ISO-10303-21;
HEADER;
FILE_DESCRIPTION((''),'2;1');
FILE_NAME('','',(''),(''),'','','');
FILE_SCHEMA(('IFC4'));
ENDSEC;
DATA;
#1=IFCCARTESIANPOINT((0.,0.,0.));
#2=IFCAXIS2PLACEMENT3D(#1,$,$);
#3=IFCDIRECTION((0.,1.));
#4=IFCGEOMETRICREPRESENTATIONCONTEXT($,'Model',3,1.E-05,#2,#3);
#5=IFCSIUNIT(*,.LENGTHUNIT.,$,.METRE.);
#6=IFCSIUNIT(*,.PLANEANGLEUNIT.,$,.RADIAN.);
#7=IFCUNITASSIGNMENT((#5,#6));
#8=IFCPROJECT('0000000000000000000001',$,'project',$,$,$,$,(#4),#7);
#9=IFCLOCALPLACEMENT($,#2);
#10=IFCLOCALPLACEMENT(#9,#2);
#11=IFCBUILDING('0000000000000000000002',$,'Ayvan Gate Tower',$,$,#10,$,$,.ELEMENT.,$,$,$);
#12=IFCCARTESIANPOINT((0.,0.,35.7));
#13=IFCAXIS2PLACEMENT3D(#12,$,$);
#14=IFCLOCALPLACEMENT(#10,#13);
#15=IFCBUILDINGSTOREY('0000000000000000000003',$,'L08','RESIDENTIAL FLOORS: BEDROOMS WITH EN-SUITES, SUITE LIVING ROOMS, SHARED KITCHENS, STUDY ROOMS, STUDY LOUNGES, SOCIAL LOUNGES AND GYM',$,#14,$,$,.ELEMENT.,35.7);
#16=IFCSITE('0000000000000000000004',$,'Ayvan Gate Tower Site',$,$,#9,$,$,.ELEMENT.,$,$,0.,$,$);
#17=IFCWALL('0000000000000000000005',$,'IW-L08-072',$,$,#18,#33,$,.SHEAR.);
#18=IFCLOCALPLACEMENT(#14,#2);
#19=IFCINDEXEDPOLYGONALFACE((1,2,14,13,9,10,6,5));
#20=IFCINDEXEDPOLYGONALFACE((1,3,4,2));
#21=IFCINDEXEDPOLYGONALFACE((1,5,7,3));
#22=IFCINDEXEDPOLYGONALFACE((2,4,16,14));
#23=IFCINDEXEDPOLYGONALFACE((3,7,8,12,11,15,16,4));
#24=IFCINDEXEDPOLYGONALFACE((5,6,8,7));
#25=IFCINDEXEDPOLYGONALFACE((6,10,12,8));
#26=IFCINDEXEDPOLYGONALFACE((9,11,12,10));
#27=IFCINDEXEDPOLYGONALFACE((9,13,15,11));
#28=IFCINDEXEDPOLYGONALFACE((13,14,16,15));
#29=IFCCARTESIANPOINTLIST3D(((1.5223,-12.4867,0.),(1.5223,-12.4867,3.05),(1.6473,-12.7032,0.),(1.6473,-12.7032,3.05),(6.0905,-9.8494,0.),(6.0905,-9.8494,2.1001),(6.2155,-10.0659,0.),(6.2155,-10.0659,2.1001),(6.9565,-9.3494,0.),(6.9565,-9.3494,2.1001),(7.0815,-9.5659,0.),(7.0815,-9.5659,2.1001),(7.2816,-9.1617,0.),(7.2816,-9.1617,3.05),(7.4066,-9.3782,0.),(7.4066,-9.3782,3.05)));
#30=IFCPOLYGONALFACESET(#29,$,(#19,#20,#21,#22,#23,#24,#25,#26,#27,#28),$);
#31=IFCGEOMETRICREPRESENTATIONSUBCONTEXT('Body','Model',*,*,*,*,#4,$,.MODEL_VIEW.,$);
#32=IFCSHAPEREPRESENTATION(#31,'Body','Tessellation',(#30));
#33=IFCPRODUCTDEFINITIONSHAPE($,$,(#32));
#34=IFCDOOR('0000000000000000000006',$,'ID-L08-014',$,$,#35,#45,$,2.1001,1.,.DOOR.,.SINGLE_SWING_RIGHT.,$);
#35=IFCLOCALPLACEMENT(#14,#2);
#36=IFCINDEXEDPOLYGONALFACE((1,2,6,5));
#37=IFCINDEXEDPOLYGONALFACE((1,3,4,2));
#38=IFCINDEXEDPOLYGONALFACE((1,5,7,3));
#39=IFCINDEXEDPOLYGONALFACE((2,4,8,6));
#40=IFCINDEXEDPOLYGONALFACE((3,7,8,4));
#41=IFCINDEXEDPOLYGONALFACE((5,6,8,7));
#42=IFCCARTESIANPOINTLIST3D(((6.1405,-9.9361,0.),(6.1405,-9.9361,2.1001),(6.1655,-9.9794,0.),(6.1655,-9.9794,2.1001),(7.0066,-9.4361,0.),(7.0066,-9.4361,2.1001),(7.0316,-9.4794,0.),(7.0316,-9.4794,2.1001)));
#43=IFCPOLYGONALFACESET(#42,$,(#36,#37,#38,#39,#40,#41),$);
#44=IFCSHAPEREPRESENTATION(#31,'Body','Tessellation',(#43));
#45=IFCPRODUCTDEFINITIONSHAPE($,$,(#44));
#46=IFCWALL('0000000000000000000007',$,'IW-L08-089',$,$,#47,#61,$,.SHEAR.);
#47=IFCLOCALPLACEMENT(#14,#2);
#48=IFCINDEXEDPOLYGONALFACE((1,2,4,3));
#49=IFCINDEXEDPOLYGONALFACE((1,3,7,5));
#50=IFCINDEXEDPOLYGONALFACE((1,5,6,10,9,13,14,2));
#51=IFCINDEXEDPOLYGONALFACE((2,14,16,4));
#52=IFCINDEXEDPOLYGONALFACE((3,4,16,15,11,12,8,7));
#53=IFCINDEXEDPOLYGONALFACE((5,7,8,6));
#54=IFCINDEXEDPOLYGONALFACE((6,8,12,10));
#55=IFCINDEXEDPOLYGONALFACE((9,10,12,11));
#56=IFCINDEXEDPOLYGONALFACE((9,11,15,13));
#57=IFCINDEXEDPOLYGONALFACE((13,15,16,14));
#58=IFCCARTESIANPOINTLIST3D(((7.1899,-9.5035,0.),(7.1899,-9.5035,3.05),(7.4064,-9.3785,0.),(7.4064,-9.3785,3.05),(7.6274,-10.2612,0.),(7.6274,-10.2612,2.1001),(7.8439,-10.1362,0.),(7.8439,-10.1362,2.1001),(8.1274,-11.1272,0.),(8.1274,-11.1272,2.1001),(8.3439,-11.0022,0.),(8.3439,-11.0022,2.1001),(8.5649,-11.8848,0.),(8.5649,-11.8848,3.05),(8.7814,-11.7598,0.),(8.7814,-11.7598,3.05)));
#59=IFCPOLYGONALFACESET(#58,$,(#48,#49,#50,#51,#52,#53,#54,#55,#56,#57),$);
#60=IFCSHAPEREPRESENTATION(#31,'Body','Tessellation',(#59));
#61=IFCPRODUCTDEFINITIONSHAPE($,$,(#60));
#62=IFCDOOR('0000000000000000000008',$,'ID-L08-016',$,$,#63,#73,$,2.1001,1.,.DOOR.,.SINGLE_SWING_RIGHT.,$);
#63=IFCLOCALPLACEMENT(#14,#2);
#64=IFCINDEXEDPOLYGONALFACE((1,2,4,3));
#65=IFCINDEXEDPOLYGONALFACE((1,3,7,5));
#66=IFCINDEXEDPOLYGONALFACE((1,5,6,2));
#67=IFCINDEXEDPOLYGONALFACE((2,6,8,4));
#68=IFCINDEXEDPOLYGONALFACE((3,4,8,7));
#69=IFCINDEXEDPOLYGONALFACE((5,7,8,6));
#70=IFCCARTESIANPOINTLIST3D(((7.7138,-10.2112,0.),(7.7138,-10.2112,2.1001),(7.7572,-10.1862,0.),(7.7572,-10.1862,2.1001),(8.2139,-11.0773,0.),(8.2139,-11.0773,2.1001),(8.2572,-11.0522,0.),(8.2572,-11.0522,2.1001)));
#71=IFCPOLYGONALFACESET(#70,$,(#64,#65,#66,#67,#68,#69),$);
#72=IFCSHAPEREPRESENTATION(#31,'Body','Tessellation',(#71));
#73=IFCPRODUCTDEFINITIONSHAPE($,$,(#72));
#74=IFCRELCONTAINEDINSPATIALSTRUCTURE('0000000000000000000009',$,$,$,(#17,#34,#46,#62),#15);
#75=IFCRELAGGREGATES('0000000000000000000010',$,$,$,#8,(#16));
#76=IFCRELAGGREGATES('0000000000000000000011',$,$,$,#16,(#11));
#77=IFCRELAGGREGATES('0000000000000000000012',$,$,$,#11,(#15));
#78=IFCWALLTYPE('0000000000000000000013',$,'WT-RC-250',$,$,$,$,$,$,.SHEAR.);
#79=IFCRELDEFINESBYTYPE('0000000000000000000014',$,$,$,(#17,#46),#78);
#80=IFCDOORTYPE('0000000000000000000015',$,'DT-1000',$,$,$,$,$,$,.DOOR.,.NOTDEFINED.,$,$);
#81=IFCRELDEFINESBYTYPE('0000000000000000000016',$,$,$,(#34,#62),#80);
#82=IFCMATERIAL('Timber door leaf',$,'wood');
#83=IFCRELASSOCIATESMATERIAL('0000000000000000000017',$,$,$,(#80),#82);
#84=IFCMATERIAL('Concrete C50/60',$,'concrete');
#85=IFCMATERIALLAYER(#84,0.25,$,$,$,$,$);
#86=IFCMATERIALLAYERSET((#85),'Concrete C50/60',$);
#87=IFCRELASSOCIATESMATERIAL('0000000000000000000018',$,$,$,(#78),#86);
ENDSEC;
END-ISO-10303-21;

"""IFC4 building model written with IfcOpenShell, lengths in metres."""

from ifc_helpers import new_model, si_unit, direction, frame, frame_2d, origin, place, context, subcontext, project, spatial, rectangle, extrude, material, layer, layer_set, type_object, element, fill, save


model = new_model("IFC4")

# Units and contexts
model_context = context("Model", 3, precision=1e-05, world=origin(), true_north=direction((0.0, 1.0)))
body_context = subcontext(model_context, "Body", "Model", "MODEL_VIEW")
ifc_project = project(units=[si_unit("LENGTHUNIT", "METRE"), si_unit("PLANEANGLEUNIT", "RADIAN")], contexts=[model_context])

# Site, building, storey
site_placement = place(None, origin())
site = spatial("IfcSite", under=ifc_project, at=site_placement, Name="Ayvan Gate Tower Site", CompositionType="ELEMENT", RefElevation=0.0)
building_placement = place(site_placement, origin())
building = spatial("IfcBuilding", under=site, at=building_placement, Name="Ayvan Gate Tower", CompositionType="ELEMENT")
storey_placement = place(building_placement, frame((0.0, 0.0, 35.7)))
storey = spatial("IfcBuildingStorey", under=building, at=storey_placement, Name="L08", Description="RESIDENTIAL FLOORS: BEDROOMS WITH EN-SUITES, SUITE LIVING ROOMS, SHARED KITCHENS, STUDY ROOMS, STUDY LOUNGES, SOCIAL LOUNGES AND GYM", CompositionType="ELEMENT", Elevation=35.7)

# Shared definitions
ifc_material_1 = material(Name="Timber door leaf", Category="wood")

# Shared definitions
door_type_1 = type_object("IfcDoorType", Name="DT-1000", OperationType="NOTDEFINED", PredefinedType="DOOR", material=ifc_material_1)

# Shared definitions
ifc_material_2 = material(Name="Concrete C50/60", Category="concrete")
ifc_layer_1 = layer(ifc_material_2, 0.25)
ifc_layer_set_1 = layer_set([ifc_layer_1], Name="Concrete C50/60")
wall_type_1 = type_object("IfcWallType", Name="WT-RC-250", PredefinedType="SHEAR", material=ifc_layer_set_1)

# Walls, openings, doors
wall_1_placement = place(storey_placement, frame((1.5847, -12.595, 0.0), z_axis=(0.0, 0.0, 1.0), x_axis=(0.866036, 0.499981, 0.0)))
wall_1 = element("IfcWall", 1, at=wall_1_placement, inside=storey, type_object=wall_type_1, Name="IW-L08-072", PredefinedType="SHEAR", context=body_context, shape_type="SweptSolid", body=[
    extrude(rectangle(XDim=6.6501, YDim=0.25, at=frame_2d((3.3252, 0.0))), origin(), (0.0, 0.0, 1.0), 3.05),
])
opening_1_placement = place(wall_1_placement, frame((5.2749, 0.0, 0.0)))
opening_1 = element("IfcOpeningElement", 2, at=opening_1_placement, cuts=wall_1, PredefinedType="OPENING", context=body_context, shape_type="SweptSolid", body=[
    extrude(rectangle(XDim=1.0, YDim=2.1001, at=frame_2d((0.5, 1.05))), frame((0.0, 0.135, 0.0), z_axis=(0.0, -1.0, 0.0), x_axis=(1.0, 0.0, 0.0)), (0.0, 0.0, 1.0), 0.27),
])
door_1_placement = place(opening_1_placement, origin())
door_1 = element("IfcDoor", 3, at=door_1_placement, inside=storey, type_object=door_type_1, Name="ID-L08-014", OperationType="SINGLE_SWING_RIGHT", OverallHeight=2.1001, OverallWidth=1.0, PredefinedType="DOOR", context=body_context, shape_type="SweptSolid", body=[
    extrude(rectangle(XDim=1.0, YDim=2.1001, at=frame_2d((0.5, 1.05))), frame((0.0, 0.0249, 0.0), z_axis=(0.0, -1.0, 0.0), x_axis=(1.0, 0.0, 0.0)), (0.0, 0.0, 1.0), 0.05),
])
fill(opening_1, door_1)
wall_2_placement = place(storey_placement, frame((7.2981, -9.4409, 0.0), z_axis=(0.0, 0.0, 1.0), x_axis=(0.500035, -0.866005, 0.0)))
wall_2 = element("IfcWall", 4, at=wall_2_placement, inside=storey, type_object=wall_type_1, Name="IW-L08-089", PredefinedType="SHEAR", context=body_context, shape_type="SweptSolid", body=[
    extrude(rectangle(XDim=2.7498, YDim=0.25, at=frame_2d((1.375, 0.0))), origin(), (0.0, 0.0, 1.0), 3.05),
])
opening_2_placement = place(wall_2_placement, frame((0.875, 0.0, 0.0)))
opening_2 = element("IfcOpeningElement", 5, at=opening_2_placement, cuts=wall_2, PredefinedType="OPENING", context=body_context, shape_type="SweptSolid", body=[
    extrude(rectangle(XDim=1.0, YDim=2.1001, at=frame_2d((0.5, 1.05))), frame((0.0, 0.135, 0.0), z_axis=(0.0, -1.0, 0.0), x_axis=(1.0, 0.0, 0.0)), (0.0, 0.0, 1.0), 0.27),
])
door_2_placement = place(opening_2_placement, origin())
door_2 = element("IfcDoor", 6, at=door_2_placement, inside=storey, type_object=door_type_1, Name="ID-L08-016", OperationType="SINGLE_SWING_RIGHT", OverallHeight=2.1001, OverallWidth=1.0, PredefinedType="DOOR", context=body_context, shape_type="SweptSolid", body=[
    extrude(rectangle(XDim=1.0, YDim=2.1001, at=frame_2d((0.5, 1.05))), frame((0.0, 0.0249, 0.0), z_axis=(0.0, -1.0, 0.0), x_axis=(1.0, 0.0, 0.0)), (0.0, 0.0, 1.0), 0.05),
])
fill(opening_2, door_2)

save(model, "model.ifc")
